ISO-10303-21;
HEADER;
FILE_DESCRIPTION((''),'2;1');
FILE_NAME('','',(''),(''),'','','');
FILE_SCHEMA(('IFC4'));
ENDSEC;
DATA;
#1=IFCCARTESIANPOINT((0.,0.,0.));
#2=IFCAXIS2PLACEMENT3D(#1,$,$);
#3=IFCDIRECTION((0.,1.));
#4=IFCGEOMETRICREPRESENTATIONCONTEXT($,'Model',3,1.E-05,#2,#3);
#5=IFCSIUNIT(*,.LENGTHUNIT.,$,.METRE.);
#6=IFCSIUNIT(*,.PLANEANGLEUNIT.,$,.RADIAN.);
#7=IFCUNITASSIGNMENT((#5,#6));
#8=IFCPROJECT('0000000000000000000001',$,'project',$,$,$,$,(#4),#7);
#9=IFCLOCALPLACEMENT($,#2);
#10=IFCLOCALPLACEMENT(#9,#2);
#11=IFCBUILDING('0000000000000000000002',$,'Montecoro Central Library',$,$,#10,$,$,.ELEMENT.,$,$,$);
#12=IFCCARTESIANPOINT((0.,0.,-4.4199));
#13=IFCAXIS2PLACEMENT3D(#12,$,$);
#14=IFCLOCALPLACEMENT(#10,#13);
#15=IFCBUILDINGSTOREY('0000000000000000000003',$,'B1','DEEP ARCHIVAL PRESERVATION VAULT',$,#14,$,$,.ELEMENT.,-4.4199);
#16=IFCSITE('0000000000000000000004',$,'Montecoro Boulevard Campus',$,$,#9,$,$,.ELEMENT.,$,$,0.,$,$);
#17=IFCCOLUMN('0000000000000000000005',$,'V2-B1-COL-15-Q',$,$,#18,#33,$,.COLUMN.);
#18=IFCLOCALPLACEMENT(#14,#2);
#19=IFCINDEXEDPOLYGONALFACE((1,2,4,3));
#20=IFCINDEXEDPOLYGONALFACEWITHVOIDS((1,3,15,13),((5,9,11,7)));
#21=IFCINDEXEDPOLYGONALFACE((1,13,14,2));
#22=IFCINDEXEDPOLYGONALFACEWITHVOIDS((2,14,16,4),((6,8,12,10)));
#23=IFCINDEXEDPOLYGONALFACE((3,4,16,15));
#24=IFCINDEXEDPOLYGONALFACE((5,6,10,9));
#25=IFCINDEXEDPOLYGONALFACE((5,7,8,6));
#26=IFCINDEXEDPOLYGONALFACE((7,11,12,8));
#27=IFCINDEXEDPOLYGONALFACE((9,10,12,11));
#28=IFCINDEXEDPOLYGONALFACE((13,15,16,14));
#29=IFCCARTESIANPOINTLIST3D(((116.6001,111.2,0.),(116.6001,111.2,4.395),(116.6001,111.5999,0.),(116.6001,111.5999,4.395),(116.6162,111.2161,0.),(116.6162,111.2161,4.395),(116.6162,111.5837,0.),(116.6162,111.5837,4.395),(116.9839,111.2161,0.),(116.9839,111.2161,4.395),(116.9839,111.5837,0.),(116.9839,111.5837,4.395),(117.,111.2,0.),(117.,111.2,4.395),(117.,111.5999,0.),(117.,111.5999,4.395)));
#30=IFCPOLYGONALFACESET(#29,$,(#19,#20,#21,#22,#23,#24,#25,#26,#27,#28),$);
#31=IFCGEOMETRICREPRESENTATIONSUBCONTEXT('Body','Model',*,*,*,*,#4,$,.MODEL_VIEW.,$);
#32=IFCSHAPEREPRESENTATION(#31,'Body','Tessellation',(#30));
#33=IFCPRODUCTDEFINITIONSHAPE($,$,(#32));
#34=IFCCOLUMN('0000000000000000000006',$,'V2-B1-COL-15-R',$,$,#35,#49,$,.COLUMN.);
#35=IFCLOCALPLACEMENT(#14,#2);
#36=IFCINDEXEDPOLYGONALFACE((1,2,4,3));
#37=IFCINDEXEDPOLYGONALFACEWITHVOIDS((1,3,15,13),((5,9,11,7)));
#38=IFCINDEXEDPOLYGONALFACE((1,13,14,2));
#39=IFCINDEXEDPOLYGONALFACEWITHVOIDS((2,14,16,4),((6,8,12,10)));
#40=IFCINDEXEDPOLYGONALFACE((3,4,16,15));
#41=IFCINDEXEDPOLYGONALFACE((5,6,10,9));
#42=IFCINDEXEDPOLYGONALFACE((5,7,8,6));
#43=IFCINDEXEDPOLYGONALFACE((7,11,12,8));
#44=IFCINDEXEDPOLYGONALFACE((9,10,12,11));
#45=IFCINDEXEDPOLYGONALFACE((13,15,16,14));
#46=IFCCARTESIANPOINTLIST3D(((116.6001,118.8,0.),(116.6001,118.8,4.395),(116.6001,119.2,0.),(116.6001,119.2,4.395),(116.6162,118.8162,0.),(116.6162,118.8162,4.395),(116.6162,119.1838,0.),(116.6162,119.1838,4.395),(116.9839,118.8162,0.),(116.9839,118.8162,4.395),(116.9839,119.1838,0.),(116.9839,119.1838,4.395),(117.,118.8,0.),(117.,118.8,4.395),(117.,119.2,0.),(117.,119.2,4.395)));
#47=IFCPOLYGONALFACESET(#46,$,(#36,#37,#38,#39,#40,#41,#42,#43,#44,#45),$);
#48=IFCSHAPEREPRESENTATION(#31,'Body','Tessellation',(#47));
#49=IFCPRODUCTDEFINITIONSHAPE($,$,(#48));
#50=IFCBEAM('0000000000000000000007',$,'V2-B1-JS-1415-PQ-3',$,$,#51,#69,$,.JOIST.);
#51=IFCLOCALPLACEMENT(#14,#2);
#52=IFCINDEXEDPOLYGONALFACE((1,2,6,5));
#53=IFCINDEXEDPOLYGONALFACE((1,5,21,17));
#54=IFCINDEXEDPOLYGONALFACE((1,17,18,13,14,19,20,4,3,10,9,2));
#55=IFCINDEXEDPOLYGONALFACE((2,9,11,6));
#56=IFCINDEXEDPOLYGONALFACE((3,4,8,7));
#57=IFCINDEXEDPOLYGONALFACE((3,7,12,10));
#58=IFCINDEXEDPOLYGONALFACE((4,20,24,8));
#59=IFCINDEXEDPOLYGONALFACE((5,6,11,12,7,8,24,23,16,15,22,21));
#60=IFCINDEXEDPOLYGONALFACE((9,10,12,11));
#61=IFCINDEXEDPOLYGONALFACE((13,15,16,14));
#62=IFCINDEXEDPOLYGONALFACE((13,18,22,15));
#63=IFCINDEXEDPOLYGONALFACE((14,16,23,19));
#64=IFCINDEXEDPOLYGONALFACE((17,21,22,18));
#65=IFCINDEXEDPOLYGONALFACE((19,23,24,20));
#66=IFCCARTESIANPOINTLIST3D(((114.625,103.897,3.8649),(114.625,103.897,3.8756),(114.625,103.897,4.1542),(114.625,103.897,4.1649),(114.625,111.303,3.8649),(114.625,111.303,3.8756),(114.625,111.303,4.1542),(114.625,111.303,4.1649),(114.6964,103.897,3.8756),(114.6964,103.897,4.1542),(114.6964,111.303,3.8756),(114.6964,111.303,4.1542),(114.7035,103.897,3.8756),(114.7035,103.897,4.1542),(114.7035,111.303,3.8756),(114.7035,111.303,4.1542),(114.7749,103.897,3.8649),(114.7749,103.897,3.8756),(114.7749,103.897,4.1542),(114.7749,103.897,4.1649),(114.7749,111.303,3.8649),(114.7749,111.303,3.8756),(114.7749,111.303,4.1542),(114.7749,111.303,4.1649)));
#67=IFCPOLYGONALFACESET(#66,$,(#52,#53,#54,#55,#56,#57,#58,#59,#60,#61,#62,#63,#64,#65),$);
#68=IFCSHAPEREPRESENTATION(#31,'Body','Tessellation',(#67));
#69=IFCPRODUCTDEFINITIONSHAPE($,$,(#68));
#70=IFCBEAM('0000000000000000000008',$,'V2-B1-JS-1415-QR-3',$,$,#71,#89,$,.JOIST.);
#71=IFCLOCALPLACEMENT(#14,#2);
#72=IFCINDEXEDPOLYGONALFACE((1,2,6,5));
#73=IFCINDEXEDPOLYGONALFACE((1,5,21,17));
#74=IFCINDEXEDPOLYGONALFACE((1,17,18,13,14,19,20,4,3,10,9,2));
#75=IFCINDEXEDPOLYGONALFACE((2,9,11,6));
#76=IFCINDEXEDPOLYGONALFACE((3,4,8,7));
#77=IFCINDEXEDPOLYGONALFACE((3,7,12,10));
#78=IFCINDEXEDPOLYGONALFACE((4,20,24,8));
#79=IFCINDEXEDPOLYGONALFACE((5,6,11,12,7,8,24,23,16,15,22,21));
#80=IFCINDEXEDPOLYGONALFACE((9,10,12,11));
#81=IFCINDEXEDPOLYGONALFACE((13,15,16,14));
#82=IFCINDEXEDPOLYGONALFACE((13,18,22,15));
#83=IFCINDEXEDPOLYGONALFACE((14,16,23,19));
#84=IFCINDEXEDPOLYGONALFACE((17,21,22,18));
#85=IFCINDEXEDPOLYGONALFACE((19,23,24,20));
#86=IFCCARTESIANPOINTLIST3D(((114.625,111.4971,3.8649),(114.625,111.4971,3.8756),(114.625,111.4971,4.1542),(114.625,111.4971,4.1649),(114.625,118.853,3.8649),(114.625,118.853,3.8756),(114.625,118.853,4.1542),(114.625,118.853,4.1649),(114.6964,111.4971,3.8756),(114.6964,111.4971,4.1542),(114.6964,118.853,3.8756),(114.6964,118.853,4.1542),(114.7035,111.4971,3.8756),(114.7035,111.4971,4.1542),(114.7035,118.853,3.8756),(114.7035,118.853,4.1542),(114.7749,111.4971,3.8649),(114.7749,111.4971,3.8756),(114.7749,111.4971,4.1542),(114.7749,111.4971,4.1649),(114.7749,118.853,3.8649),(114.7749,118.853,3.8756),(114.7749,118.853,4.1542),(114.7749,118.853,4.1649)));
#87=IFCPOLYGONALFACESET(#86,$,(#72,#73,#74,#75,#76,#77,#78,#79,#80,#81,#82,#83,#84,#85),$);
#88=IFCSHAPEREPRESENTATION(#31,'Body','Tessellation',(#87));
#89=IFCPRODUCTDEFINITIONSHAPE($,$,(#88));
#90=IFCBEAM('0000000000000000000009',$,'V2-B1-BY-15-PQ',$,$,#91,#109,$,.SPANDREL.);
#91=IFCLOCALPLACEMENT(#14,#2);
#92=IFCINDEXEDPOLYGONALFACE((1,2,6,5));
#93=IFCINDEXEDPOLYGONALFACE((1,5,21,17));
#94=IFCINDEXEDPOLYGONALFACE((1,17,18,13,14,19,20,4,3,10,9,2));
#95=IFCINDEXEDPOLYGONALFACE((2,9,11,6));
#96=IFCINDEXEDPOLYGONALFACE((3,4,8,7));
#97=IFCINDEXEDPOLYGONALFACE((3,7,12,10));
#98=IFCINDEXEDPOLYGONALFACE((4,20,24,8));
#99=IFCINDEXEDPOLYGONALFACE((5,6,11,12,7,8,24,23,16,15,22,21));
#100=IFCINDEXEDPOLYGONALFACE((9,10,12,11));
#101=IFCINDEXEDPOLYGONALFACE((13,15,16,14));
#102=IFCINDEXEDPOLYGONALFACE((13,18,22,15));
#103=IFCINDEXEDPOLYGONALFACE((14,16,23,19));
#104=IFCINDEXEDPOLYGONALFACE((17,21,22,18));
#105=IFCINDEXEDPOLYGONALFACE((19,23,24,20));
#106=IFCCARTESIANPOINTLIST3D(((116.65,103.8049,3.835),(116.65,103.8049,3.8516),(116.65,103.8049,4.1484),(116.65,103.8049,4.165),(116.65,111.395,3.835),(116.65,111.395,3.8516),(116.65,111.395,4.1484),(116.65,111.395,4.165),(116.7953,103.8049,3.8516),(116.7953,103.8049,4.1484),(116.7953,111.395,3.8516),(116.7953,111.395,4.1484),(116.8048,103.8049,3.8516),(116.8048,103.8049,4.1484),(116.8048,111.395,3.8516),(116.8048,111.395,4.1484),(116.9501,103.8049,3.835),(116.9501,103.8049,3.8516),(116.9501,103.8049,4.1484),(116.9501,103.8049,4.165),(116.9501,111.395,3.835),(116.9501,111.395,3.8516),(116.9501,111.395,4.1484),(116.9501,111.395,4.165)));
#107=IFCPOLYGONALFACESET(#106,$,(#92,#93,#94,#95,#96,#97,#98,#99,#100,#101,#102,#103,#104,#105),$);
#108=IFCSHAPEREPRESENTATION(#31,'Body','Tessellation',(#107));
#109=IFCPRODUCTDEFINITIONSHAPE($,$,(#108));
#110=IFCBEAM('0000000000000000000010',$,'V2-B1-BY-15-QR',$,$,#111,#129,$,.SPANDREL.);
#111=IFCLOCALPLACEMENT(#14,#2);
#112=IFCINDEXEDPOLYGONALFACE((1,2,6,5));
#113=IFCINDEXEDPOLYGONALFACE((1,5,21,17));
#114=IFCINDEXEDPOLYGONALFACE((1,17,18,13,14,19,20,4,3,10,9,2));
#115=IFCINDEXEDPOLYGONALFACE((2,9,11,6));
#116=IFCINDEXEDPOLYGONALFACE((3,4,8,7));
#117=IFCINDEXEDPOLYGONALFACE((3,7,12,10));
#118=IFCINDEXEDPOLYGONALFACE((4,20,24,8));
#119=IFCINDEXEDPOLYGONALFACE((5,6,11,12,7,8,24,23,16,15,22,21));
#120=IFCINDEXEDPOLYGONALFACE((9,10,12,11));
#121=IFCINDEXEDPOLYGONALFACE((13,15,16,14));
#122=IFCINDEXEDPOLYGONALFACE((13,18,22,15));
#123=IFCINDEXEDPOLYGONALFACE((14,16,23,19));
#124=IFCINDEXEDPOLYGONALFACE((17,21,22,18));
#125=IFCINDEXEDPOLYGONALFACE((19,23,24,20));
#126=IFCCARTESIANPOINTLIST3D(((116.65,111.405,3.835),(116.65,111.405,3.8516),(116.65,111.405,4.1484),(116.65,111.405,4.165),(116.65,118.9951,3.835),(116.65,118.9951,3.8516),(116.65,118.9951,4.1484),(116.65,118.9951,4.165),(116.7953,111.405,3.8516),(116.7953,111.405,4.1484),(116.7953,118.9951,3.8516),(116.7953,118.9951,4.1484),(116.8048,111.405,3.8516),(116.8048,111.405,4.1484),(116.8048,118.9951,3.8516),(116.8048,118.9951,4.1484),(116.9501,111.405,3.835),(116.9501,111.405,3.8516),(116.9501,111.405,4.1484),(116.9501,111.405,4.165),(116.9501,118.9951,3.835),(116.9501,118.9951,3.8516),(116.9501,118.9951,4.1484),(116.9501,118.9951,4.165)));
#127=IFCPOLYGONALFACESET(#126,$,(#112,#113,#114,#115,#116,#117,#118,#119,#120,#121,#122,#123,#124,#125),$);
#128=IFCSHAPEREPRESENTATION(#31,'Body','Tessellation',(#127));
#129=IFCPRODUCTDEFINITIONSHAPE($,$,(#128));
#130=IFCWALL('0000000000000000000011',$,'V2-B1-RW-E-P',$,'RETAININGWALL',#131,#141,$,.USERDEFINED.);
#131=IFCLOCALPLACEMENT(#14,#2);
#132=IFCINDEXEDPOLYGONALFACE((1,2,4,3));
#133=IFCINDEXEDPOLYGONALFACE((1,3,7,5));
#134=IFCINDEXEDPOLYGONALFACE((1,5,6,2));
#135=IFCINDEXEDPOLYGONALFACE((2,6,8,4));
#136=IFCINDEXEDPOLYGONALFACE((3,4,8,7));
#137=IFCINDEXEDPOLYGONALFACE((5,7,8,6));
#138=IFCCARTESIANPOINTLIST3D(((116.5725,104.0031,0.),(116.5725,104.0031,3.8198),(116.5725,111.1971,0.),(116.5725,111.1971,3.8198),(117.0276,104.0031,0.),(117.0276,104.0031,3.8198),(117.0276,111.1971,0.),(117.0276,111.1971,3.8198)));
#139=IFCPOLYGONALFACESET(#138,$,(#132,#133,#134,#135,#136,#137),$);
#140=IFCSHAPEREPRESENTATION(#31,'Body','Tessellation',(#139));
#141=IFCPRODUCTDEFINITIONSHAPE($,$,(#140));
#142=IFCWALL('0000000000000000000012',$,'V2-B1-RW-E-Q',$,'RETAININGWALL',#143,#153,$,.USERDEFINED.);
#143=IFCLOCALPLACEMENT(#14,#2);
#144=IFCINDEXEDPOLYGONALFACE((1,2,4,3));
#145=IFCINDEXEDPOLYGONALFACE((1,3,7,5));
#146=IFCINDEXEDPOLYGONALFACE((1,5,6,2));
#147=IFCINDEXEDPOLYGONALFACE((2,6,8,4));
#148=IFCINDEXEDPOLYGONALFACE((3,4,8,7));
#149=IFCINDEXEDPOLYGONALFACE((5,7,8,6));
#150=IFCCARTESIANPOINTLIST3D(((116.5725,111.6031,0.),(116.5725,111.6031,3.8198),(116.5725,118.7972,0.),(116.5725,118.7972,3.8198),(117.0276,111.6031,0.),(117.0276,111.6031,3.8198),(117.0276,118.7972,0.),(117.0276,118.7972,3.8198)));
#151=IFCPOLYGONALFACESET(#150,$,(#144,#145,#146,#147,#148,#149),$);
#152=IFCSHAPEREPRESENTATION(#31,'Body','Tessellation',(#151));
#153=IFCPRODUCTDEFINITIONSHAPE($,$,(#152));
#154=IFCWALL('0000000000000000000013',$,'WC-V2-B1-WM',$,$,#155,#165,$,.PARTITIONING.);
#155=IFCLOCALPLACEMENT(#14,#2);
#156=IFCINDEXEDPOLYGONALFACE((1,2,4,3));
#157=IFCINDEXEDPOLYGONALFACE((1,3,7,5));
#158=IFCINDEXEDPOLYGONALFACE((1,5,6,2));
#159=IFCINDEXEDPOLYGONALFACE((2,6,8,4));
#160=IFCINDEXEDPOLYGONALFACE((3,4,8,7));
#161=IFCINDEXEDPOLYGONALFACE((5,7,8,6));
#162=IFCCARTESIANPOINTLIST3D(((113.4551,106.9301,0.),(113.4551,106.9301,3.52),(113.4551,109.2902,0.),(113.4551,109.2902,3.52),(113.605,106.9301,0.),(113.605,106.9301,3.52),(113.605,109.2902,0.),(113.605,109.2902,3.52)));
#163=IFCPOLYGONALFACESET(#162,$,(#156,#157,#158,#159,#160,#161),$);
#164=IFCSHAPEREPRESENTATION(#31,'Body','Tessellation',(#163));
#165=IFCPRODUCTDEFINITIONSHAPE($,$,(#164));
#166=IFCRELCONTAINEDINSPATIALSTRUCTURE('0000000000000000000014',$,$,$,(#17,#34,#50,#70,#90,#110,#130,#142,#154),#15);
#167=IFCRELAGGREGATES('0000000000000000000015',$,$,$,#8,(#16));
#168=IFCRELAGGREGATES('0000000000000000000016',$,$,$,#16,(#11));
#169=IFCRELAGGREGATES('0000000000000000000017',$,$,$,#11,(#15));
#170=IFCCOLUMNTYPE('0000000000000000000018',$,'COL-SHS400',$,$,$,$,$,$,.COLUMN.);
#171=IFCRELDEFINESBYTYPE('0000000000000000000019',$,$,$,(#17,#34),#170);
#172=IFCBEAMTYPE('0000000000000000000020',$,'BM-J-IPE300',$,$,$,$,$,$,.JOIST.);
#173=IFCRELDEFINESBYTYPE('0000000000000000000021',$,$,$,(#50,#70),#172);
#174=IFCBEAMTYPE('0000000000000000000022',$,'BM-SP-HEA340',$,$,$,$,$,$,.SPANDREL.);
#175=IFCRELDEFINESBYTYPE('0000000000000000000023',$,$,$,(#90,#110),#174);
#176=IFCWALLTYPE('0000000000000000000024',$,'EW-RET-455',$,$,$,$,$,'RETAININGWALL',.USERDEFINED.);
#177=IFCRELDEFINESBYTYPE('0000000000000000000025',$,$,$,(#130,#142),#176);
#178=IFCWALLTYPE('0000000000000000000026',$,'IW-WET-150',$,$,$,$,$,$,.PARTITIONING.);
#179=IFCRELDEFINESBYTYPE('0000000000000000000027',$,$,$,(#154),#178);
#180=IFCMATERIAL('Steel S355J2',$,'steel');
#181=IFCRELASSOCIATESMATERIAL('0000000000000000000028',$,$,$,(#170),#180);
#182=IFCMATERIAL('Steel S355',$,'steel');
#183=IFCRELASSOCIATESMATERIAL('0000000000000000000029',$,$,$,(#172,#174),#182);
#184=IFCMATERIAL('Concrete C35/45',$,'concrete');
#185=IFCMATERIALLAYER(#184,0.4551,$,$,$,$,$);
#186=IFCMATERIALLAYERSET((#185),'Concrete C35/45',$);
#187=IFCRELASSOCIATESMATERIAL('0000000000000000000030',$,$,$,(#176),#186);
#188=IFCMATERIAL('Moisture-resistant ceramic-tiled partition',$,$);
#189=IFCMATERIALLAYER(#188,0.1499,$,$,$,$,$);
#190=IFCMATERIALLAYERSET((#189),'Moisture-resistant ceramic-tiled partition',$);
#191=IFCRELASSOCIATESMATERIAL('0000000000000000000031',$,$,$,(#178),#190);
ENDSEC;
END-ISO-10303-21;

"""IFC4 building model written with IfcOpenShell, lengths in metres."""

from ifc_helpers import new_model, si_unit, direction, frame, frame_2d, origin, origin_2d, place, context, subcontext, project, spatial, rectangle, hollow_rectangle, i_section, extrude, material, layer, layer_set, material_profile, profile_set, type_object, element, save


model = new_model("IFC4")

# Units and contexts
model_context = context("Model", 3, precision=1e-05, world=origin(), true_north=direction((0.0, 1.0)))
body_context = subcontext(model_context, "Body", "Model", "MODEL_VIEW")
ifc_project = project(units=[si_unit("LENGTHUNIT", "METRE"), si_unit("PLANEANGLEUNIT", "RADIAN")], contexts=[model_context])

# Site, building, storey
site_placement = place(None, origin())
site = spatial("IfcSite", under=ifc_project, at=site_placement, Name="Montecoro Boulevard Campus", CompositionType="ELEMENT", RefElevation=0.0)
building_placement = place(site_placement, origin())
building = spatial("IfcBuilding", under=site, at=building_placement, Name="Montecoro Central Library", CompositionType="ELEMENT")
storey_placement = place(building_placement, frame((0.0, 0.0, -4.4199)))
storey = spatial("IfcBuildingStorey", under=building, at=storey_placement, Name="B1", Description="DEEP ARCHIVAL PRESERVATION VAULT", CompositionType="ELEMENT", Elevation=-4.4199)

# Shared definitions
ifc_material_1 = material(Name="Concrete C35/45", Category="concrete")

# Columns
ifc_material_2 = material(Name="Steel S355J2", Category="steel")
ifc_material_profile_1 = material_profile(ifc_material_2, hollow_rectangle(XDim=0.3999, YDim=0.3999, WallThickness=0.0161, at=origin_2d()), Name="SHS 400x400x16.0")
ifc_profile_set_1 = profile_set([ifc_material_profile_1], Name="Steel S355J2")
column_type = type_object("IfcColumnType", Name="COL-SHS400", PredefinedType="COLUMN", material=ifc_profile_set_1)
for number, where, z_axis, x_axis, name in (
    (1, (116.8, 111.3999, 0.0), (0.0, 0.0, 1.0), (1.0, 0.0, 0.0), "V2-B1-COL-15-Q"),
    (2, (116.8, 119.0, 0.0), (0.0, 0.0, 1.0), (1.0, 0.0, 0.0), "V2-B1-COL-15-R"),
):
    element("IfcColumn", number, at=place(storey_placement, frame(where, z_axis=z_axis, x_axis=x_axis)), inside=storey, type_object=column_type, Name=name, PredefinedType="COLUMN", context=body_context, shape_type="SweptSolid", body=[
        extrude(hollow_rectangle(XDim=0.3999, YDim=0.3999, WallThickness=0.0161, at=origin_2d()), origin(), (0.0, 0.0, 1.0), 4.395),
    ])

# Beams
ifc_material_3 = material(Name="Steel S355", Category="steel")
ifc_material_profile_2 = material_profile(ifc_material_3, i_section(OverallWidth=0.1499, OverallDepth=0.3, WebThickness=0.0071, FlangeThickness=0.0107, at=origin_2d()), Name="IPE 300")
ifc_profile_set_2 = profile_set([ifc_material_profile_2], Name="Steel S355")
beam_type_1 = type_object("IfcBeamType", Name="BM-J-IPE300", PredefinedType="JOIST", material=ifc_profile_set_2)
beam_1_placement = place(storey_placement, frame((114.7, 103.897, 4.0149), z_axis=(0.0, 1.0, 0.0), x_axis=(-1.0, 0.0, 0.0)))
element("IfcBeam", 3, at=beam_1_placement, inside=storey, type_object=beam_type_1, Name="V2-B1-JS-1415-PQ-3", PredefinedType="JOIST", context=body_context, shape_type="SweptSolid", body=[
    extrude(i_section(OverallWidth=0.1499, OverallDepth=0.3, WebThickness=0.0071, FlangeThickness=0.0107, at=origin_2d()), origin(), (0.0, 0.0, 1.0), 7.406),
])
beam_2_placement = place(storey_placement, frame((114.7, 111.4971, 4.0149), z_axis=(0.0, 1.0, 0.0), x_axis=(-1.0, 0.0, 0.0)))
element("IfcBeam", 4, at=beam_2_placement, inside=storey, type_object=beam_type_1, Name="V2-B1-JS-1415-QR-3", PredefinedType="JOIST", context=body_context, shape_type="SweptSolid", body=[
    extrude(i_section(OverallWidth=0.1499, OverallDepth=0.3, WebThickness=0.0071, FlangeThickness=0.0107, at=origin_2d()), origin(), (0.0, 0.0, 1.0), 7.356),
])
ifc_material_profile_3 = material_profile(ifc_material_3, i_section(OverallWidth=0.3, OverallDepth=0.3301, WebThickness=0.0095, FlangeThickness=0.0166, at=origin_2d()), Name="HEA 340")
ifc_profile_set_3 = profile_set([ifc_material_profile_3], Name="Steel S355")
beam_type_2 = type_object("IfcBeamType", Name="BM-SP-HEA340", PredefinedType="SPANDREL", material=ifc_profile_set_3)
for number, where, z_axis, x_axis, name in (
    (5, (116.8, 103.8049, 4.0), (0.0, 1.0, 0.0), (-1.0, 0.0, 0.0), "V2-B1-BY-15-PQ"),
    (6, (116.8, 111.405, 4.0), (0.0, 1.0, 0.0), (-1.0, 0.0, 0.0), "V2-B1-BY-15-QR"),
):
    element("IfcBeam", number, at=place(storey_placement, frame(where, z_axis=z_axis, x_axis=x_axis)), inside=storey, type_object=beam_type_2, Name=name, PredefinedType="SPANDREL", context=body_context, shape_type="SweptSolid", body=[
        extrude(i_section(OverallWidth=0.3, OverallDepth=0.3301, WebThickness=0.0095, FlangeThickness=0.0166, at=origin_2d()), origin(), (0.0, 0.0, 1.0), 7.5901),
    ])

# Walls
ifc_layer_1 = layer(ifc_material_1, 0.4551)
ifc_layer_set_1 = layer_set([ifc_layer_1], Name="Concrete C35/45")
wall_type_1 = type_object("IfcWallType", Name="EW-RET-455", ElementType="RETAININGWALL", PredefinedType="USERDEFINED", material=ifc_layer_set_1)
for number, where, z_axis, x_axis, name in (
    (7, (116.8, 104.0029, 0.0), (0.0, 0.0, 1.0), (0.0, 1.0, 0.0), "V2-B1-RW-E-P"),
    (8, (116.8, 111.603, 0.0), (0.0, 0.0, 1.0), (0.0, 1.0, 0.0), "V2-B1-RW-E-Q"),
):
    element("IfcWall", number, at=place(storey_placement, frame(where, z_axis=z_axis, x_axis=x_axis)), inside=storey, type_object=wall_type_1, Name=name, ObjectType="RETAININGWALL", PredefinedType="USERDEFINED", context=body_context, shape_type="SweptSolid", body=[
        extrude(rectangle(XDim=7.1941, YDim=0.4551, at=frame_2d((3.5972, 0.0))), origin(), (0.0, 0.0, 1.0), 3.8198),
    ])
ifc_material_4 = material(Name="Moisture-resistant ceramic-tiled partition")
ifc_layer_2 = layer(ifc_material_4, 0.1499)
ifc_layer_set_2 = layer_set([ifc_layer_2], Name="Moisture-resistant ceramic-tiled partition")
wall_type_2 = type_object("IfcWallType", Name="IW-WET-150", PredefinedType="PARTITIONING", material=ifc_layer_set_2)
wall_1_placement = place(storey_placement, frame((113.53, 106.9299, 0.0), z_axis=(0.0, 0.0, 1.0), x_axis=(0.0, 1.0, 0.0)))
element("IfcWall", 9, at=wall_1_placement, inside=storey, type_object=wall_type_2, Name="WC-V2-B1-WM", PredefinedType="PARTITIONING", context=body_context, shape_type="SweptSolid", body=[
    extrude(rectangle(XDim=2.3601, YDim=0.1499, at=frame_2d((1.1802, 0.0))), origin(), (0.0, 0.0, 1.0), 3.52),
])

save(model, "model.ifc")
